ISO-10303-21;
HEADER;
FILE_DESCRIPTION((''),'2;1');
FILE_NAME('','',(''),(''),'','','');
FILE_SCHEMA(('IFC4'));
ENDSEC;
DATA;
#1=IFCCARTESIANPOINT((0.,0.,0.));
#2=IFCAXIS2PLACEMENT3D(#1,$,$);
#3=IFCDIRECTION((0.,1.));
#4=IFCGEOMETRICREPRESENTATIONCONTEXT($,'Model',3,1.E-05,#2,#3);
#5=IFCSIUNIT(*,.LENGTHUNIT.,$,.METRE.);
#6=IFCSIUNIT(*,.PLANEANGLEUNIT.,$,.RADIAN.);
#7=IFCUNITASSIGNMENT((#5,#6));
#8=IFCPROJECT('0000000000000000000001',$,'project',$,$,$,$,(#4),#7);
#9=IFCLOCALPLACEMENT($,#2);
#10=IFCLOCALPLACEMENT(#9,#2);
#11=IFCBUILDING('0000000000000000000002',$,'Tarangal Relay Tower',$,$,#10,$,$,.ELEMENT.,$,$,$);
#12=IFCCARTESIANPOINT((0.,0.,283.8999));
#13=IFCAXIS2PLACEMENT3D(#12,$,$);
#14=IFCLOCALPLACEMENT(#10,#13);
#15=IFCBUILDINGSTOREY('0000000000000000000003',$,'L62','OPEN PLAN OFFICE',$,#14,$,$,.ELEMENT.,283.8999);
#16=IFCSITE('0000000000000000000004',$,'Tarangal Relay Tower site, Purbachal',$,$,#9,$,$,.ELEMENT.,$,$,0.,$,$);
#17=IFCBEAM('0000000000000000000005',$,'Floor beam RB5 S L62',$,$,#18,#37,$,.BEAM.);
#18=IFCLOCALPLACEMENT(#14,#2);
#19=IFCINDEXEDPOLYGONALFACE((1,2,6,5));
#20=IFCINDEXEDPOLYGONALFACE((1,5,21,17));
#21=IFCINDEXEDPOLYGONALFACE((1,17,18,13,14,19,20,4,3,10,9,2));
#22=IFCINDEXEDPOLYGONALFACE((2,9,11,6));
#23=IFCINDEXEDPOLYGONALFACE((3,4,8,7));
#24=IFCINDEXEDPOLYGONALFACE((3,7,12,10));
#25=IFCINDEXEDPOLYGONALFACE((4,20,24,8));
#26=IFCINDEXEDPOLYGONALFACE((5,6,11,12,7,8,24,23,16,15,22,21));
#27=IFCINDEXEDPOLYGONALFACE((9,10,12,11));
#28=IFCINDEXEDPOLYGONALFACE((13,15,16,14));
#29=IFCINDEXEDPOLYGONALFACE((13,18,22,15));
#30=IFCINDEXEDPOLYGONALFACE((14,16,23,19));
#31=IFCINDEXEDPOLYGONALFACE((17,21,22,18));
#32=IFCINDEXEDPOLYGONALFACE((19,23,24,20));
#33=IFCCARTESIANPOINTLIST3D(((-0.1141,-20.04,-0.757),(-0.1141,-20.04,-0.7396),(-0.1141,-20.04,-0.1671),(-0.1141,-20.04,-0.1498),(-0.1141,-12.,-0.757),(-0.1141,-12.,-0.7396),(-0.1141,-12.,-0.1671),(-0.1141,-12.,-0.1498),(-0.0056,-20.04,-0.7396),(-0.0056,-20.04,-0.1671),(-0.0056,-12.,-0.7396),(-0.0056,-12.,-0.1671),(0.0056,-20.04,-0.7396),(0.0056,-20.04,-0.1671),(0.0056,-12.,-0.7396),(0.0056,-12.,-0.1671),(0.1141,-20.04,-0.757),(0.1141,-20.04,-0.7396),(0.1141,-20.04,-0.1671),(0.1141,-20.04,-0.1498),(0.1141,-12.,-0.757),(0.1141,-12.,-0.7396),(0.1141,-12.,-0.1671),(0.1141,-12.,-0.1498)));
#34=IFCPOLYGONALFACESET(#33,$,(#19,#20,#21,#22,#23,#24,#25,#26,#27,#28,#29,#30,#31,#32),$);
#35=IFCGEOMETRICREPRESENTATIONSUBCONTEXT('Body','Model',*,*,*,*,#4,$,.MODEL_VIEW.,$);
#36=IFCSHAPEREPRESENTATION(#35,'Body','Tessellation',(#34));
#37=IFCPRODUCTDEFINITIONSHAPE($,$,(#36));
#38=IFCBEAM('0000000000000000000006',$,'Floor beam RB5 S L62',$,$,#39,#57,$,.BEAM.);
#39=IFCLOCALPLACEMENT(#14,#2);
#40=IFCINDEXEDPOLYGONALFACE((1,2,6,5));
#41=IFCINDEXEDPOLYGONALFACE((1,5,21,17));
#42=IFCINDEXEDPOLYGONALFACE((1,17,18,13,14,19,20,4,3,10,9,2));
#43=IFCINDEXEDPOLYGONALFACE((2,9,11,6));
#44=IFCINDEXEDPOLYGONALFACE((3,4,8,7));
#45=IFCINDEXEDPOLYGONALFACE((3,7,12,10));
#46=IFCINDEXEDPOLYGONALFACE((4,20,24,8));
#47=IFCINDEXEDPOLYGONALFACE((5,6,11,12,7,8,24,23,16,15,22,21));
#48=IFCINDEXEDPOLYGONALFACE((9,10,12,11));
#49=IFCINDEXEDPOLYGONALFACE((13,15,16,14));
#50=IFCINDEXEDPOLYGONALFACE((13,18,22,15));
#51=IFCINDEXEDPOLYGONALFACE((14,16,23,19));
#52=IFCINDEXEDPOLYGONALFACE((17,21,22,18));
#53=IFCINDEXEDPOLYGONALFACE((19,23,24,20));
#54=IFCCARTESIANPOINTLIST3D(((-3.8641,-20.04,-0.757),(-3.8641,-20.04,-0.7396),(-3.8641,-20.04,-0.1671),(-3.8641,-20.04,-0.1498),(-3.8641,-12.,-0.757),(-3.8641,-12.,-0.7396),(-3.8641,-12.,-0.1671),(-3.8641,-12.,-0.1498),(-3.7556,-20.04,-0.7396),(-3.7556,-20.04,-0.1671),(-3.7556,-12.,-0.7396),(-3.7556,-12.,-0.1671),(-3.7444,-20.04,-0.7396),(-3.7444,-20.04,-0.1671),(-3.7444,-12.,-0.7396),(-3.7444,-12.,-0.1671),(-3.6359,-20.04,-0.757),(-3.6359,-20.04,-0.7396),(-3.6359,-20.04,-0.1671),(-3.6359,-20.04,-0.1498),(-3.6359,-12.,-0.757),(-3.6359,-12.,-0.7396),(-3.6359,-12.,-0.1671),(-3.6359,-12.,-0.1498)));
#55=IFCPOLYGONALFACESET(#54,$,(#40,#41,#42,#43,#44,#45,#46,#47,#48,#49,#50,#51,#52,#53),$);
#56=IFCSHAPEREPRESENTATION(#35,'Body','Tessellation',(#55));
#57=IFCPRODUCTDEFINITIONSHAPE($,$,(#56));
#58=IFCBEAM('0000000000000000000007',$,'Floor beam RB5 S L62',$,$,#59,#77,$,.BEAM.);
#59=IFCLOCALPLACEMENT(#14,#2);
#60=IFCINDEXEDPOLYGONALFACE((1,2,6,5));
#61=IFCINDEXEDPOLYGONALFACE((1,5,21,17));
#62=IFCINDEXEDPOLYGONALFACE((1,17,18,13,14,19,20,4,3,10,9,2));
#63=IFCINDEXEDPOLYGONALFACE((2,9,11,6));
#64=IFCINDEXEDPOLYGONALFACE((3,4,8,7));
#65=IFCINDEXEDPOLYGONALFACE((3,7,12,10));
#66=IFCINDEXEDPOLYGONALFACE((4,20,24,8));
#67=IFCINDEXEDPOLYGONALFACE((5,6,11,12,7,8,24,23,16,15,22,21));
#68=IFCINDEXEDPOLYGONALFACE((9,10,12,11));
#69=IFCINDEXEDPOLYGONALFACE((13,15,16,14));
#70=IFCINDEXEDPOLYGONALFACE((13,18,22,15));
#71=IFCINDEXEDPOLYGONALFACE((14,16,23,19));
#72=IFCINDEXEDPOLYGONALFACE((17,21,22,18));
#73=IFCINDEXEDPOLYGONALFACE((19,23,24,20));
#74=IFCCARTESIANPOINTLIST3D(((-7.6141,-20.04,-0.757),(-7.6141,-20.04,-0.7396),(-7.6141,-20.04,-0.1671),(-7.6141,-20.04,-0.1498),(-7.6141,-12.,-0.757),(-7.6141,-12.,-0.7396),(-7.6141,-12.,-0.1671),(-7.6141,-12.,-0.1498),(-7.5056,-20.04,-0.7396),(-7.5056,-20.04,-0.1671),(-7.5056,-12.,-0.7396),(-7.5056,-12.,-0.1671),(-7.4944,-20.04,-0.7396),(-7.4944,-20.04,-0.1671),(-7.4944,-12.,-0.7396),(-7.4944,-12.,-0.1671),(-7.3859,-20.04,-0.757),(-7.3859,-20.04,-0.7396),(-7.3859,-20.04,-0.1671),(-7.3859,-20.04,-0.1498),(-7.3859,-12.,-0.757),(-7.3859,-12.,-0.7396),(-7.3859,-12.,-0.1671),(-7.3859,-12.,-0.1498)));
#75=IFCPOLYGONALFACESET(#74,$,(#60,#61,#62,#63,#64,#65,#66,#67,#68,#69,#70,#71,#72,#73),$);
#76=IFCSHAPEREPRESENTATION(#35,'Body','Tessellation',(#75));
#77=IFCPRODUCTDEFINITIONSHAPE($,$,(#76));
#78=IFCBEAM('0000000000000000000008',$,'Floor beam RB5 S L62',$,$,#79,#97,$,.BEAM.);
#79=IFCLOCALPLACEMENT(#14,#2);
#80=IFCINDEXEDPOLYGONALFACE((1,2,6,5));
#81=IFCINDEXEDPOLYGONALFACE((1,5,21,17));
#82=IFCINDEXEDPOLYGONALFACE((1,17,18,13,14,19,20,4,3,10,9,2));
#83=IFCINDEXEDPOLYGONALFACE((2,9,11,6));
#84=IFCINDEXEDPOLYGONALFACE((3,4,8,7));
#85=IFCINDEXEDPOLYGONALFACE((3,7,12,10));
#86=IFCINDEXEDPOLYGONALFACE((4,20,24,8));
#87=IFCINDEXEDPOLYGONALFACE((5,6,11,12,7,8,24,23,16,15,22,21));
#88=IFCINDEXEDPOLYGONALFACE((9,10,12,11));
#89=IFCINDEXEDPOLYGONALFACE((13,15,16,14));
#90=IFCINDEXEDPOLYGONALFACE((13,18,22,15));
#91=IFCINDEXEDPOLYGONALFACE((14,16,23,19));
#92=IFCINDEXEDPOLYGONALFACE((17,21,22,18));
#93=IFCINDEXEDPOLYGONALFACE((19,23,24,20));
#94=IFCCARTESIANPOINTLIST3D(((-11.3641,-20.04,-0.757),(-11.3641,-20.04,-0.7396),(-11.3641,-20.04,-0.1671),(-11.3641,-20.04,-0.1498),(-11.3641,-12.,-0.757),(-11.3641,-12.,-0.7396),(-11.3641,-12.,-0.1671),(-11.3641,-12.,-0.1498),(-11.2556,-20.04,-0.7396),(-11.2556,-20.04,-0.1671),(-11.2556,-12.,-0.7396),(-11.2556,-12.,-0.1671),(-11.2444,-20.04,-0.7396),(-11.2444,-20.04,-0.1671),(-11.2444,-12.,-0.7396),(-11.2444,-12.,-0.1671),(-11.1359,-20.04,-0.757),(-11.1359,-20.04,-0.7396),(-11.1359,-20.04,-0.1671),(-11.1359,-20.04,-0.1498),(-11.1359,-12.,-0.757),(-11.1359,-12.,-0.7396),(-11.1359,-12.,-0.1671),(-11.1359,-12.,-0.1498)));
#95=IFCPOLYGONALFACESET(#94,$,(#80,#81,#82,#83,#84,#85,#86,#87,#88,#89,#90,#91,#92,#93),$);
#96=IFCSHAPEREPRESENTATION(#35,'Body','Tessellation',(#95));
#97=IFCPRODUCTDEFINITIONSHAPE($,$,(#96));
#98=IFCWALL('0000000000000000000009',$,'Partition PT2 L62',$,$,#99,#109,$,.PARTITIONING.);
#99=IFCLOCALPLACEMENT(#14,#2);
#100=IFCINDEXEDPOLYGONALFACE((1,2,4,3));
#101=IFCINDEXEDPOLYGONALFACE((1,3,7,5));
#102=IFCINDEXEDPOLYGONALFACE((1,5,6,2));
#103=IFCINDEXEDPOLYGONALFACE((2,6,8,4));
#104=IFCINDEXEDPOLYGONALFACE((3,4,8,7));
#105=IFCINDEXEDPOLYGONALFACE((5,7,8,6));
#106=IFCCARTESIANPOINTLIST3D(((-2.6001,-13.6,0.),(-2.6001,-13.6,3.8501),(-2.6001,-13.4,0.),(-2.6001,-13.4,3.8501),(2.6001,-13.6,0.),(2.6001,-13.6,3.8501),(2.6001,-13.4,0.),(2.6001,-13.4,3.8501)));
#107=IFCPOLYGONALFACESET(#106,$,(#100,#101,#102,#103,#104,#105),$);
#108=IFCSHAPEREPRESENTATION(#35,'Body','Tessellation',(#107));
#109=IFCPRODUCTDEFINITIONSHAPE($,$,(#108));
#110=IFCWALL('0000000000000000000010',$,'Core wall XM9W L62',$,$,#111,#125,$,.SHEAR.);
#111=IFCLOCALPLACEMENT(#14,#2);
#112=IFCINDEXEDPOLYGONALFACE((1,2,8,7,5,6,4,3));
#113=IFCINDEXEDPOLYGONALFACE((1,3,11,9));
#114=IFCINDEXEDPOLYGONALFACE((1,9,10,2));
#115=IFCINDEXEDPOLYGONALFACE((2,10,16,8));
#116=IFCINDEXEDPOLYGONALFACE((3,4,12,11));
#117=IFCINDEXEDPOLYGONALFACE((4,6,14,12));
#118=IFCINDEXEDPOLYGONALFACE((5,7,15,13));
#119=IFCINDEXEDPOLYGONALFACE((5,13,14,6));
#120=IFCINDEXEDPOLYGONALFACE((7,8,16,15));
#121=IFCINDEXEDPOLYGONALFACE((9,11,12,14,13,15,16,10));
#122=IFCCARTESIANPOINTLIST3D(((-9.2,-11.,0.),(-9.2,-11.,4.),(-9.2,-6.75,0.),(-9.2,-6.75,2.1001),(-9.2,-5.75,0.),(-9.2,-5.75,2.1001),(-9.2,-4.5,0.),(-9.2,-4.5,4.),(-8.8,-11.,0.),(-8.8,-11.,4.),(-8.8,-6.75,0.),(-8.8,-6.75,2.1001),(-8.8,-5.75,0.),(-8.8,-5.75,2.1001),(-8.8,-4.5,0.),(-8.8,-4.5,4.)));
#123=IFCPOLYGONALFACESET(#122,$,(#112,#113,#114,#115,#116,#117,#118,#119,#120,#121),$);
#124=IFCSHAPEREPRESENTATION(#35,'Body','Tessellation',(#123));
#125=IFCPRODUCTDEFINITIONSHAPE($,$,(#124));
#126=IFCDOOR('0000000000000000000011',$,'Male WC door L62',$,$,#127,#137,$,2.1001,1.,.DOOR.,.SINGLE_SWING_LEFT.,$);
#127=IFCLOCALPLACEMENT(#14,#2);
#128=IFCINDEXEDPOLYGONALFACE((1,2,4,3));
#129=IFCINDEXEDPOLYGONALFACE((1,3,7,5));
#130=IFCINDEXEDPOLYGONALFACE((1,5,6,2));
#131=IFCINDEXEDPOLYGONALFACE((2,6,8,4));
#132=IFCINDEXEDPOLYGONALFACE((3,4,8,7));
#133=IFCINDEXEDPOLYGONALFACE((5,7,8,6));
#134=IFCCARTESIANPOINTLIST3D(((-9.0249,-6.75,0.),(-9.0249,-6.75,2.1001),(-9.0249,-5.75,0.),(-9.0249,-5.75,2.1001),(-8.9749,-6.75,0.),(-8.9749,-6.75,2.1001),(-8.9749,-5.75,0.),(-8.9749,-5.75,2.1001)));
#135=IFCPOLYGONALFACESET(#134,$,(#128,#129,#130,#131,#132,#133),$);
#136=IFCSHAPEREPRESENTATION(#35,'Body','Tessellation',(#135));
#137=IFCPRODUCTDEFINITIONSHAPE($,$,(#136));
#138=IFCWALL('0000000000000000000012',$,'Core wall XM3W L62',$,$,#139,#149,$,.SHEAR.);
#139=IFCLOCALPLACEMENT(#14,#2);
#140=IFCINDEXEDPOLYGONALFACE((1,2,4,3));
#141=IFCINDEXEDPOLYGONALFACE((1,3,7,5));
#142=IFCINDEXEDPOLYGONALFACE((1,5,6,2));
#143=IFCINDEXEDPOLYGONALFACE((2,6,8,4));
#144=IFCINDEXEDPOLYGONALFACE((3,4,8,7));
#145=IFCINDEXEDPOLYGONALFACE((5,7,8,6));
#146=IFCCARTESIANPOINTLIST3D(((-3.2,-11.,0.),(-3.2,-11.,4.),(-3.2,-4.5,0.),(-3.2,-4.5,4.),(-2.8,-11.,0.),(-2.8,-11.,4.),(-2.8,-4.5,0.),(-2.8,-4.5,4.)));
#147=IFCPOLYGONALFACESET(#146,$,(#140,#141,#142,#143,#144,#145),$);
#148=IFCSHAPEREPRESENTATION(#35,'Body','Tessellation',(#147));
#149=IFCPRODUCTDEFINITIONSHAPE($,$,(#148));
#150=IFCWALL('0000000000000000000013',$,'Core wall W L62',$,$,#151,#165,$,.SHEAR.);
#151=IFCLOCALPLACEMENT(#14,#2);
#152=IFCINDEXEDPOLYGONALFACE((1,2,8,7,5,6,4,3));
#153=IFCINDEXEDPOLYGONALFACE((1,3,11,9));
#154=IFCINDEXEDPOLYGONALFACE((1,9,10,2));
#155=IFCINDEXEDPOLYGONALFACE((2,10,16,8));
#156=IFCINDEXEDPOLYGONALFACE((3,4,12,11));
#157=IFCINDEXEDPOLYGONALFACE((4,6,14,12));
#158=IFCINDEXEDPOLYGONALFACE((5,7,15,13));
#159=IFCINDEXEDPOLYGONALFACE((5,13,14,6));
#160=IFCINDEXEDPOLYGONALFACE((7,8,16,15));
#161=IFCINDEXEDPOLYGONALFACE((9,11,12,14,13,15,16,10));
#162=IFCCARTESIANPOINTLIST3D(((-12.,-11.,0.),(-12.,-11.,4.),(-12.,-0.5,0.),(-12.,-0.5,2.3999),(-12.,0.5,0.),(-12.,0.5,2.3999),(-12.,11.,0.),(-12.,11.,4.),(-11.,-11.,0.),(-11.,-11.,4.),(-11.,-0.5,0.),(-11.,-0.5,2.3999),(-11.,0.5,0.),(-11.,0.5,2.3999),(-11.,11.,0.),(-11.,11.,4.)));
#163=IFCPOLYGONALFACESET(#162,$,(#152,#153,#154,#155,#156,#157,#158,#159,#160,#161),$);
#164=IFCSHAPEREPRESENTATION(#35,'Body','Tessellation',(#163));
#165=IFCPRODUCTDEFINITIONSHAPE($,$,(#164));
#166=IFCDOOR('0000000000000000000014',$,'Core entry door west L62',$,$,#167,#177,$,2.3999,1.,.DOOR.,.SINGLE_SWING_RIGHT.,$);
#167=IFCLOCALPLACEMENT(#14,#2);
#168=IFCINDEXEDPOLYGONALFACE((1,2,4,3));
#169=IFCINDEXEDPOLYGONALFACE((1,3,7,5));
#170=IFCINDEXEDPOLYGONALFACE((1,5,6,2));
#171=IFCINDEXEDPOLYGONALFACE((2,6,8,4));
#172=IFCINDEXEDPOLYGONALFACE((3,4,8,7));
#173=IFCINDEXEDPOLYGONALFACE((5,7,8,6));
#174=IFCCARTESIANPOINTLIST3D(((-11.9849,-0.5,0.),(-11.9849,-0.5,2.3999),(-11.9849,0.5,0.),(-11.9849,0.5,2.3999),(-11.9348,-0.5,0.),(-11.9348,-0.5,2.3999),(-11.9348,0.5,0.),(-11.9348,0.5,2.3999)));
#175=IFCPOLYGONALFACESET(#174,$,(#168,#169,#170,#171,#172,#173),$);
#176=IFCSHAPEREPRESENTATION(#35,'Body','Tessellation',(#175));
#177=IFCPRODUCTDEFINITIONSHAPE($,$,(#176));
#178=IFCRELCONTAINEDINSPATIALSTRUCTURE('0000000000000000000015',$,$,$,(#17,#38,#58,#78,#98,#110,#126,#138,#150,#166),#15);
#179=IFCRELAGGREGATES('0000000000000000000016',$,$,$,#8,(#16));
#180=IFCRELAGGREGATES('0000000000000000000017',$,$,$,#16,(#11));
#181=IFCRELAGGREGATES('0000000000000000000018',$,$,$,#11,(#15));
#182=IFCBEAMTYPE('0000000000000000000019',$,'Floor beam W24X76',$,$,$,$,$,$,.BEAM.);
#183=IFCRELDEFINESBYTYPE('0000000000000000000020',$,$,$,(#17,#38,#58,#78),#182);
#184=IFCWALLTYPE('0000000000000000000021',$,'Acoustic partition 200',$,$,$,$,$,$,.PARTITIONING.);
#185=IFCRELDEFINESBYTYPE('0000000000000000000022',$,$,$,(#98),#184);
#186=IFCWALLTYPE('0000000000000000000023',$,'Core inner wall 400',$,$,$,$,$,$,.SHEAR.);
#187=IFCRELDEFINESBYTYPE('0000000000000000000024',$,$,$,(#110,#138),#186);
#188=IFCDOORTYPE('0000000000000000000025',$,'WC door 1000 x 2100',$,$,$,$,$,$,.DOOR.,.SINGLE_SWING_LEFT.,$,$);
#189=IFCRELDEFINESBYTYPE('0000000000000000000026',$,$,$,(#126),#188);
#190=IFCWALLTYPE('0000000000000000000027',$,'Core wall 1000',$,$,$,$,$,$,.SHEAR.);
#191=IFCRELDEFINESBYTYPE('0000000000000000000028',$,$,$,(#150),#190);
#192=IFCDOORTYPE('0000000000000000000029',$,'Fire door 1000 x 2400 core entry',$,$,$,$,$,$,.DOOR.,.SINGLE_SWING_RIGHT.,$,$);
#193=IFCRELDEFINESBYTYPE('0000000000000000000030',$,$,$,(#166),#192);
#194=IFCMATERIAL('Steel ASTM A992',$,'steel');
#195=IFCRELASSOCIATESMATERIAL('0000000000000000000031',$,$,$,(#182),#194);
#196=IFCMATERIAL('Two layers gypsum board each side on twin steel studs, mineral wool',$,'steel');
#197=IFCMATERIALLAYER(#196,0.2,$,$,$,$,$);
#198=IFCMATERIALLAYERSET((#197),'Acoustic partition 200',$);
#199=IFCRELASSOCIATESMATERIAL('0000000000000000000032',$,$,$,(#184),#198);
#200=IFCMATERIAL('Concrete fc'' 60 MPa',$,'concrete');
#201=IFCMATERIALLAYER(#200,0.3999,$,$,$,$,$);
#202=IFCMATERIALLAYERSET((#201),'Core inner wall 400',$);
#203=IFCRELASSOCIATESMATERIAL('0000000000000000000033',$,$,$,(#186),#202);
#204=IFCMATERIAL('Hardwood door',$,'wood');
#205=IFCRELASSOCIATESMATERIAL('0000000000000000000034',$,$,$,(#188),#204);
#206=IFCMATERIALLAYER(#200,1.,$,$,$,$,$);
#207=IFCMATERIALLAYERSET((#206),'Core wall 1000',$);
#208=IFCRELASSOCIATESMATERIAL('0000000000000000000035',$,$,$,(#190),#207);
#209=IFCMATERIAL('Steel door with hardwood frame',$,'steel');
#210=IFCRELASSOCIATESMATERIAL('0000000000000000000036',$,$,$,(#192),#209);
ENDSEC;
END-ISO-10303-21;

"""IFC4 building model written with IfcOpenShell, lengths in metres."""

from ifc_helpers import new_model, si_unit, direction, frame, frame_2d, origin, origin_2d, place, context, subcontext, project, spatial, rectangle, i_section, extrude, material, layer, layer_set, material_profile, profile_set, type_object, element, fill, save


model = new_model("IFC4")

# Units and contexts
model_context = context("Model", 3, precision=1e-05, world=origin(), true_north=direction((0.0, 1.0)))
body_context = subcontext(model_context, "Body", "Model", "MODEL_VIEW")
ifc_project = project(units=[si_unit("LENGTHUNIT", "METRE"), si_unit("PLANEANGLEUNIT", "RADIAN")], contexts=[model_context])

# Site, building, storey
site_placement = place(None, origin())
site = spatial("IfcSite", under=ifc_project, at=site_placement, Name="Tarangal Relay Tower site, Purbachal", CompositionType="ELEMENT", RefElevation=0.0)
building_placement = place(site_placement, origin())
building = spatial("IfcBuilding", under=site, at=building_placement, Name="Tarangal Relay Tower", CompositionType="ELEMENT")
storey_placement = place(building_placement, frame((0.0, 0.0, 283.8999)))
storey = spatial("IfcBuildingStorey", under=building, at=storey_placement, Name="L62", Description="OPEN PLAN OFFICE", CompositionType="ELEMENT", Elevation=283.8999)

# Beams
ifc_material_1 = material(Name="Steel ASTM A992", Category="steel")
ifc_material_profile = material_profile(ifc_material_1, i_section(OverallWidth=0.2283, OverallDepth=0.6072, WebThickness=0.0112, FlangeThickness=0.0173, at=origin_2d()), Name="W24X76")
ifc_profile_set = profile_set([ifc_material_profile], Name="Steel ASTM A992")
beam_type = type_object("IfcBeamType", Name="Floor beam W24X76", PredefinedType="BEAM", material=ifc_profile_set)
for number, where, z_axis, x_axis, name in (
    (1, (0.0, -12.0, -0.4534), (0.0, -1.0, 0.0), (1.0, 0.0, 0.0), "Floor beam RB5 S L62"),
    (2, (-3.75, -12.0, -0.4534), (0.0, -1.0, 0.0), (1.0, 0.0, 0.0), "Floor beam RB5 S L62"),
    (3, (-7.5, -12.0, -0.4534), (0.0, -1.0, 0.0), (1.0, 0.0, 0.0), "Floor beam RB5 S L62"),
    (4, (-11.25, -12.0, -0.4534), (0.0, -1.0, 0.0), (1.0, 0.0, 0.0), "Floor beam RB5 S L62"),
):
    element("IfcBeam", number, at=place(storey_placement, frame(where, z_axis=z_axis, x_axis=x_axis)), inside=storey, type_object=beam_type, Name=name, PredefinedType="BEAM", context=body_context, shape_type="SweptSolid", body=[
        extrude(i_section(OverallWidth=0.2283, OverallDepth=0.6072, WebThickness=0.0112, FlangeThickness=0.0173, at=origin_2d()), origin(), (0.0, 0.0, 1.0), 8.04),
    ])

# Wall
ifc_material_2 = material(Name="Two layers gypsum board each side on twin steel studs, mineral wool", Category="steel")
ifc_layer_1 = layer(ifc_material_2, 0.2)
ifc_layer_set_1 = layer_set([ifc_layer_1], Name="Acoustic partition 200")
wall_type_1 = type_object("IfcWallType", Name="Acoustic partition 200", PredefinedType="PARTITIONING", material=ifc_layer_set_1)
wall_1_placement = place(storey_placement, frame((-2.6001, -13.5, 0.0), z_axis=(0.0, 0.0, 1.0), x_axis=(1.0, 0.0, 0.0)))
element("IfcWall", 5, at=wall_1_placement, inside=storey, type_object=wall_type_1, Name="Partition PT2 L62", PredefinedType="PARTITIONING", context=body_context, shape_type="SweptSolid", body=[
    extrude(rectangle(XDim=5.2002, YDim=0.2, at=frame_2d((2.6001, 0.0))), origin(), (0.0, 0.0, 1.0), 3.8501),
])

# Wall, opening, door
ifc_material_3 = material(Name="Concrete fc' 60 MPa", Category="concrete")
ifc_layer_2 = layer(ifc_material_3, 0.3999)
ifc_layer_set_2 = layer_set([ifc_layer_2], Name="Core inner wall 400")
wall_type_2 = type_object("IfcWallType", Name="Core inner wall 400", PredefinedType="SHEAR", material=ifc_layer_set_2)
wall_2_placement = place(storey_placement, frame((-9.0, -11.0, 0.0), z_axis=(0.0, 0.0, 1.0), x_axis=(0.0, 1.0, 0.0)))
wall_2 = element("IfcWall", 6, at=wall_2_placement, inside=storey, type_object=wall_type_2, Name="Core wall XM9W L62", PredefinedType="SHEAR", context=body_context, shape_type="SweptSolid", body=[
    extrude(rectangle(XDim=6.5, YDim=0.3999, at=frame_2d((3.25, 0.0))), origin(), (0.0, 0.0, 1.0), 4.0),
])
opening_1_placement = place(wall_2_placement, frame((4.25, 0.0, 0.0)))
opening_1 = element("IfcOpeningElement", 7, at=opening_1_placement, cuts=wall_2, PredefinedType="OPENING", context=body_context, shape_type="SweptSolid", body=[
    extrude(rectangle(XDim=1.0, YDim=2.1001, at=frame_2d((0.5, 1.05))), frame((0.0, 0.21, 0.0), z_axis=(0.0, -1.0, 0.0), x_axis=(1.0, 0.0, 0.0)), (0.0, 0.0, 1.0), 0.4199),
])
ifc_material_4 = material(Name="Hardwood door", Category="wood")
door_type_1 = type_object("IfcDoorType", Name="WC door 1000 x 2100", OperationType="SINGLE_SWING_LEFT", PredefinedType="DOOR", material=ifc_material_4)
door_1_placement = place(opening_1_placement, origin())
door_1 = element("IfcDoor", 8, at=door_1_placement, inside=storey, type_object=door_type_1, Name="Male WC door L62", OperationType="SINGLE_SWING_LEFT", OverallHeight=2.1001, OverallWidth=1.0, PredefinedType="DOOR", context=body_context, shape_type="SweptSolid", body=[
    extrude(rectangle(XDim=1.0, YDim=2.1001, at=frame_2d((0.5, 1.05))), frame((0.0, 0.0249, 0.0), z_axis=(0.0, -1.0, 0.0), x_axis=(1.0, 0.0, 0.0)), (0.0, 0.0, 1.0), 0.05),
])
fill(opening_1, door_1)

# Wall
wall_3_placement = place(storey_placement, frame((-3.0, -11.0, 0.0), z_axis=(0.0, 0.0, 1.0), x_axis=(0.0, 1.0, 0.0)))
element("IfcWall", 9, at=wall_3_placement, inside=storey, type_object=wall_type_2, Name="Core wall XM3W L62", PredefinedType="SHEAR", context=body_context, shape_type="SweptSolid", body=[
    extrude(rectangle(XDim=6.5, YDim=0.3999, at=frame_2d((3.25, 0.0))), origin(), (0.0, 0.0, 1.0), 4.0),
])

# Wall, opening, door
ifc_layer_3 = layer(ifc_material_3, 1.0)
ifc_layer_set_3 = layer_set([ifc_layer_3], Name="Core wall 1000")
wall_type_3 = type_object("IfcWallType", Name="Core wall 1000", PredefinedType="SHEAR", material=ifc_layer_set_3)
wall_4_placement = place(storey_placement, frame((-11.5, -11.0, 0.0), z_axis=(0.0, 0.0, 1.0), x_axis=(0.0, 1.0, 0.0)))
wall_4 = element("IfcWall", 10, at=wall_4_placement, inside=storey, type_object=wall_type_3, Name="Core wall W L62", PredefinedType="SHEAR", context=body_context, shape_type="SweptSolid", body=[
    extrude(rectangle(XDim=22.0, YDim=1.0, at=frame_2d((11.0, 0.0))), origin(), (0.0, 0.0, 1.0), 4.0),
])
opening_2_placement = place(wall_4_placement, frame((10.5, 0.0, 0.0)))
opening_2 = element("IfcOpeningElement", 11, at=opening_2_placement, cuts=wall_4, PredefinedType="OPENING", context=body_context, shape_type="SweptSolid", body=[
    extrude(rectangle(XDim=1.0, YDim=2.3999, at=frame_2d((0.5, 1.2))), frame((0.0, 0.51, 0.0), z_axis=(0.0, -1.0, 0.0), x_axis=(1.0, 0.0, 0.0)), (0.0, 0.0, 1.0), 1.02),
])
ifc_material_5 = material(Name="Steel door with hardwood frame", Category="steel")
door_type_2 = type_object("IfcDoorType", Name="Fire door 1000 x 2400 core entry", OperationType="SINGLE_SWING_RIGHT", PredefinedType="DOOR", material=ifc_material_5)
door_2_placement = place(opening_2_placement, origin())
door_2 = element("IfcDoor", 12, at=door_2_placement, inside=storey, type_object=door_type_2, Name="Core entry door west L62", OperationType="SINGLE_SWING_RIGHT", OverallHeight=2.3999, OverallWidth=1.0, PredefinedType="DOOR", context=body_context, shape_type="SweptSolid", body=[
    extrude(rectangle(XDim=1.0, YDim=2.3999, at=frame_2d((0.5, 1.2))), frame((0.0, 0.4849, 0.0), z_axis=(0.0, -1.0, 0.0), x_axis=(1.0, 0.0, 0.0)), (0.0, 0.0, 1.0), 0.05),
])
fill(opening_2, door_2)

save(model, "model.ifc")
